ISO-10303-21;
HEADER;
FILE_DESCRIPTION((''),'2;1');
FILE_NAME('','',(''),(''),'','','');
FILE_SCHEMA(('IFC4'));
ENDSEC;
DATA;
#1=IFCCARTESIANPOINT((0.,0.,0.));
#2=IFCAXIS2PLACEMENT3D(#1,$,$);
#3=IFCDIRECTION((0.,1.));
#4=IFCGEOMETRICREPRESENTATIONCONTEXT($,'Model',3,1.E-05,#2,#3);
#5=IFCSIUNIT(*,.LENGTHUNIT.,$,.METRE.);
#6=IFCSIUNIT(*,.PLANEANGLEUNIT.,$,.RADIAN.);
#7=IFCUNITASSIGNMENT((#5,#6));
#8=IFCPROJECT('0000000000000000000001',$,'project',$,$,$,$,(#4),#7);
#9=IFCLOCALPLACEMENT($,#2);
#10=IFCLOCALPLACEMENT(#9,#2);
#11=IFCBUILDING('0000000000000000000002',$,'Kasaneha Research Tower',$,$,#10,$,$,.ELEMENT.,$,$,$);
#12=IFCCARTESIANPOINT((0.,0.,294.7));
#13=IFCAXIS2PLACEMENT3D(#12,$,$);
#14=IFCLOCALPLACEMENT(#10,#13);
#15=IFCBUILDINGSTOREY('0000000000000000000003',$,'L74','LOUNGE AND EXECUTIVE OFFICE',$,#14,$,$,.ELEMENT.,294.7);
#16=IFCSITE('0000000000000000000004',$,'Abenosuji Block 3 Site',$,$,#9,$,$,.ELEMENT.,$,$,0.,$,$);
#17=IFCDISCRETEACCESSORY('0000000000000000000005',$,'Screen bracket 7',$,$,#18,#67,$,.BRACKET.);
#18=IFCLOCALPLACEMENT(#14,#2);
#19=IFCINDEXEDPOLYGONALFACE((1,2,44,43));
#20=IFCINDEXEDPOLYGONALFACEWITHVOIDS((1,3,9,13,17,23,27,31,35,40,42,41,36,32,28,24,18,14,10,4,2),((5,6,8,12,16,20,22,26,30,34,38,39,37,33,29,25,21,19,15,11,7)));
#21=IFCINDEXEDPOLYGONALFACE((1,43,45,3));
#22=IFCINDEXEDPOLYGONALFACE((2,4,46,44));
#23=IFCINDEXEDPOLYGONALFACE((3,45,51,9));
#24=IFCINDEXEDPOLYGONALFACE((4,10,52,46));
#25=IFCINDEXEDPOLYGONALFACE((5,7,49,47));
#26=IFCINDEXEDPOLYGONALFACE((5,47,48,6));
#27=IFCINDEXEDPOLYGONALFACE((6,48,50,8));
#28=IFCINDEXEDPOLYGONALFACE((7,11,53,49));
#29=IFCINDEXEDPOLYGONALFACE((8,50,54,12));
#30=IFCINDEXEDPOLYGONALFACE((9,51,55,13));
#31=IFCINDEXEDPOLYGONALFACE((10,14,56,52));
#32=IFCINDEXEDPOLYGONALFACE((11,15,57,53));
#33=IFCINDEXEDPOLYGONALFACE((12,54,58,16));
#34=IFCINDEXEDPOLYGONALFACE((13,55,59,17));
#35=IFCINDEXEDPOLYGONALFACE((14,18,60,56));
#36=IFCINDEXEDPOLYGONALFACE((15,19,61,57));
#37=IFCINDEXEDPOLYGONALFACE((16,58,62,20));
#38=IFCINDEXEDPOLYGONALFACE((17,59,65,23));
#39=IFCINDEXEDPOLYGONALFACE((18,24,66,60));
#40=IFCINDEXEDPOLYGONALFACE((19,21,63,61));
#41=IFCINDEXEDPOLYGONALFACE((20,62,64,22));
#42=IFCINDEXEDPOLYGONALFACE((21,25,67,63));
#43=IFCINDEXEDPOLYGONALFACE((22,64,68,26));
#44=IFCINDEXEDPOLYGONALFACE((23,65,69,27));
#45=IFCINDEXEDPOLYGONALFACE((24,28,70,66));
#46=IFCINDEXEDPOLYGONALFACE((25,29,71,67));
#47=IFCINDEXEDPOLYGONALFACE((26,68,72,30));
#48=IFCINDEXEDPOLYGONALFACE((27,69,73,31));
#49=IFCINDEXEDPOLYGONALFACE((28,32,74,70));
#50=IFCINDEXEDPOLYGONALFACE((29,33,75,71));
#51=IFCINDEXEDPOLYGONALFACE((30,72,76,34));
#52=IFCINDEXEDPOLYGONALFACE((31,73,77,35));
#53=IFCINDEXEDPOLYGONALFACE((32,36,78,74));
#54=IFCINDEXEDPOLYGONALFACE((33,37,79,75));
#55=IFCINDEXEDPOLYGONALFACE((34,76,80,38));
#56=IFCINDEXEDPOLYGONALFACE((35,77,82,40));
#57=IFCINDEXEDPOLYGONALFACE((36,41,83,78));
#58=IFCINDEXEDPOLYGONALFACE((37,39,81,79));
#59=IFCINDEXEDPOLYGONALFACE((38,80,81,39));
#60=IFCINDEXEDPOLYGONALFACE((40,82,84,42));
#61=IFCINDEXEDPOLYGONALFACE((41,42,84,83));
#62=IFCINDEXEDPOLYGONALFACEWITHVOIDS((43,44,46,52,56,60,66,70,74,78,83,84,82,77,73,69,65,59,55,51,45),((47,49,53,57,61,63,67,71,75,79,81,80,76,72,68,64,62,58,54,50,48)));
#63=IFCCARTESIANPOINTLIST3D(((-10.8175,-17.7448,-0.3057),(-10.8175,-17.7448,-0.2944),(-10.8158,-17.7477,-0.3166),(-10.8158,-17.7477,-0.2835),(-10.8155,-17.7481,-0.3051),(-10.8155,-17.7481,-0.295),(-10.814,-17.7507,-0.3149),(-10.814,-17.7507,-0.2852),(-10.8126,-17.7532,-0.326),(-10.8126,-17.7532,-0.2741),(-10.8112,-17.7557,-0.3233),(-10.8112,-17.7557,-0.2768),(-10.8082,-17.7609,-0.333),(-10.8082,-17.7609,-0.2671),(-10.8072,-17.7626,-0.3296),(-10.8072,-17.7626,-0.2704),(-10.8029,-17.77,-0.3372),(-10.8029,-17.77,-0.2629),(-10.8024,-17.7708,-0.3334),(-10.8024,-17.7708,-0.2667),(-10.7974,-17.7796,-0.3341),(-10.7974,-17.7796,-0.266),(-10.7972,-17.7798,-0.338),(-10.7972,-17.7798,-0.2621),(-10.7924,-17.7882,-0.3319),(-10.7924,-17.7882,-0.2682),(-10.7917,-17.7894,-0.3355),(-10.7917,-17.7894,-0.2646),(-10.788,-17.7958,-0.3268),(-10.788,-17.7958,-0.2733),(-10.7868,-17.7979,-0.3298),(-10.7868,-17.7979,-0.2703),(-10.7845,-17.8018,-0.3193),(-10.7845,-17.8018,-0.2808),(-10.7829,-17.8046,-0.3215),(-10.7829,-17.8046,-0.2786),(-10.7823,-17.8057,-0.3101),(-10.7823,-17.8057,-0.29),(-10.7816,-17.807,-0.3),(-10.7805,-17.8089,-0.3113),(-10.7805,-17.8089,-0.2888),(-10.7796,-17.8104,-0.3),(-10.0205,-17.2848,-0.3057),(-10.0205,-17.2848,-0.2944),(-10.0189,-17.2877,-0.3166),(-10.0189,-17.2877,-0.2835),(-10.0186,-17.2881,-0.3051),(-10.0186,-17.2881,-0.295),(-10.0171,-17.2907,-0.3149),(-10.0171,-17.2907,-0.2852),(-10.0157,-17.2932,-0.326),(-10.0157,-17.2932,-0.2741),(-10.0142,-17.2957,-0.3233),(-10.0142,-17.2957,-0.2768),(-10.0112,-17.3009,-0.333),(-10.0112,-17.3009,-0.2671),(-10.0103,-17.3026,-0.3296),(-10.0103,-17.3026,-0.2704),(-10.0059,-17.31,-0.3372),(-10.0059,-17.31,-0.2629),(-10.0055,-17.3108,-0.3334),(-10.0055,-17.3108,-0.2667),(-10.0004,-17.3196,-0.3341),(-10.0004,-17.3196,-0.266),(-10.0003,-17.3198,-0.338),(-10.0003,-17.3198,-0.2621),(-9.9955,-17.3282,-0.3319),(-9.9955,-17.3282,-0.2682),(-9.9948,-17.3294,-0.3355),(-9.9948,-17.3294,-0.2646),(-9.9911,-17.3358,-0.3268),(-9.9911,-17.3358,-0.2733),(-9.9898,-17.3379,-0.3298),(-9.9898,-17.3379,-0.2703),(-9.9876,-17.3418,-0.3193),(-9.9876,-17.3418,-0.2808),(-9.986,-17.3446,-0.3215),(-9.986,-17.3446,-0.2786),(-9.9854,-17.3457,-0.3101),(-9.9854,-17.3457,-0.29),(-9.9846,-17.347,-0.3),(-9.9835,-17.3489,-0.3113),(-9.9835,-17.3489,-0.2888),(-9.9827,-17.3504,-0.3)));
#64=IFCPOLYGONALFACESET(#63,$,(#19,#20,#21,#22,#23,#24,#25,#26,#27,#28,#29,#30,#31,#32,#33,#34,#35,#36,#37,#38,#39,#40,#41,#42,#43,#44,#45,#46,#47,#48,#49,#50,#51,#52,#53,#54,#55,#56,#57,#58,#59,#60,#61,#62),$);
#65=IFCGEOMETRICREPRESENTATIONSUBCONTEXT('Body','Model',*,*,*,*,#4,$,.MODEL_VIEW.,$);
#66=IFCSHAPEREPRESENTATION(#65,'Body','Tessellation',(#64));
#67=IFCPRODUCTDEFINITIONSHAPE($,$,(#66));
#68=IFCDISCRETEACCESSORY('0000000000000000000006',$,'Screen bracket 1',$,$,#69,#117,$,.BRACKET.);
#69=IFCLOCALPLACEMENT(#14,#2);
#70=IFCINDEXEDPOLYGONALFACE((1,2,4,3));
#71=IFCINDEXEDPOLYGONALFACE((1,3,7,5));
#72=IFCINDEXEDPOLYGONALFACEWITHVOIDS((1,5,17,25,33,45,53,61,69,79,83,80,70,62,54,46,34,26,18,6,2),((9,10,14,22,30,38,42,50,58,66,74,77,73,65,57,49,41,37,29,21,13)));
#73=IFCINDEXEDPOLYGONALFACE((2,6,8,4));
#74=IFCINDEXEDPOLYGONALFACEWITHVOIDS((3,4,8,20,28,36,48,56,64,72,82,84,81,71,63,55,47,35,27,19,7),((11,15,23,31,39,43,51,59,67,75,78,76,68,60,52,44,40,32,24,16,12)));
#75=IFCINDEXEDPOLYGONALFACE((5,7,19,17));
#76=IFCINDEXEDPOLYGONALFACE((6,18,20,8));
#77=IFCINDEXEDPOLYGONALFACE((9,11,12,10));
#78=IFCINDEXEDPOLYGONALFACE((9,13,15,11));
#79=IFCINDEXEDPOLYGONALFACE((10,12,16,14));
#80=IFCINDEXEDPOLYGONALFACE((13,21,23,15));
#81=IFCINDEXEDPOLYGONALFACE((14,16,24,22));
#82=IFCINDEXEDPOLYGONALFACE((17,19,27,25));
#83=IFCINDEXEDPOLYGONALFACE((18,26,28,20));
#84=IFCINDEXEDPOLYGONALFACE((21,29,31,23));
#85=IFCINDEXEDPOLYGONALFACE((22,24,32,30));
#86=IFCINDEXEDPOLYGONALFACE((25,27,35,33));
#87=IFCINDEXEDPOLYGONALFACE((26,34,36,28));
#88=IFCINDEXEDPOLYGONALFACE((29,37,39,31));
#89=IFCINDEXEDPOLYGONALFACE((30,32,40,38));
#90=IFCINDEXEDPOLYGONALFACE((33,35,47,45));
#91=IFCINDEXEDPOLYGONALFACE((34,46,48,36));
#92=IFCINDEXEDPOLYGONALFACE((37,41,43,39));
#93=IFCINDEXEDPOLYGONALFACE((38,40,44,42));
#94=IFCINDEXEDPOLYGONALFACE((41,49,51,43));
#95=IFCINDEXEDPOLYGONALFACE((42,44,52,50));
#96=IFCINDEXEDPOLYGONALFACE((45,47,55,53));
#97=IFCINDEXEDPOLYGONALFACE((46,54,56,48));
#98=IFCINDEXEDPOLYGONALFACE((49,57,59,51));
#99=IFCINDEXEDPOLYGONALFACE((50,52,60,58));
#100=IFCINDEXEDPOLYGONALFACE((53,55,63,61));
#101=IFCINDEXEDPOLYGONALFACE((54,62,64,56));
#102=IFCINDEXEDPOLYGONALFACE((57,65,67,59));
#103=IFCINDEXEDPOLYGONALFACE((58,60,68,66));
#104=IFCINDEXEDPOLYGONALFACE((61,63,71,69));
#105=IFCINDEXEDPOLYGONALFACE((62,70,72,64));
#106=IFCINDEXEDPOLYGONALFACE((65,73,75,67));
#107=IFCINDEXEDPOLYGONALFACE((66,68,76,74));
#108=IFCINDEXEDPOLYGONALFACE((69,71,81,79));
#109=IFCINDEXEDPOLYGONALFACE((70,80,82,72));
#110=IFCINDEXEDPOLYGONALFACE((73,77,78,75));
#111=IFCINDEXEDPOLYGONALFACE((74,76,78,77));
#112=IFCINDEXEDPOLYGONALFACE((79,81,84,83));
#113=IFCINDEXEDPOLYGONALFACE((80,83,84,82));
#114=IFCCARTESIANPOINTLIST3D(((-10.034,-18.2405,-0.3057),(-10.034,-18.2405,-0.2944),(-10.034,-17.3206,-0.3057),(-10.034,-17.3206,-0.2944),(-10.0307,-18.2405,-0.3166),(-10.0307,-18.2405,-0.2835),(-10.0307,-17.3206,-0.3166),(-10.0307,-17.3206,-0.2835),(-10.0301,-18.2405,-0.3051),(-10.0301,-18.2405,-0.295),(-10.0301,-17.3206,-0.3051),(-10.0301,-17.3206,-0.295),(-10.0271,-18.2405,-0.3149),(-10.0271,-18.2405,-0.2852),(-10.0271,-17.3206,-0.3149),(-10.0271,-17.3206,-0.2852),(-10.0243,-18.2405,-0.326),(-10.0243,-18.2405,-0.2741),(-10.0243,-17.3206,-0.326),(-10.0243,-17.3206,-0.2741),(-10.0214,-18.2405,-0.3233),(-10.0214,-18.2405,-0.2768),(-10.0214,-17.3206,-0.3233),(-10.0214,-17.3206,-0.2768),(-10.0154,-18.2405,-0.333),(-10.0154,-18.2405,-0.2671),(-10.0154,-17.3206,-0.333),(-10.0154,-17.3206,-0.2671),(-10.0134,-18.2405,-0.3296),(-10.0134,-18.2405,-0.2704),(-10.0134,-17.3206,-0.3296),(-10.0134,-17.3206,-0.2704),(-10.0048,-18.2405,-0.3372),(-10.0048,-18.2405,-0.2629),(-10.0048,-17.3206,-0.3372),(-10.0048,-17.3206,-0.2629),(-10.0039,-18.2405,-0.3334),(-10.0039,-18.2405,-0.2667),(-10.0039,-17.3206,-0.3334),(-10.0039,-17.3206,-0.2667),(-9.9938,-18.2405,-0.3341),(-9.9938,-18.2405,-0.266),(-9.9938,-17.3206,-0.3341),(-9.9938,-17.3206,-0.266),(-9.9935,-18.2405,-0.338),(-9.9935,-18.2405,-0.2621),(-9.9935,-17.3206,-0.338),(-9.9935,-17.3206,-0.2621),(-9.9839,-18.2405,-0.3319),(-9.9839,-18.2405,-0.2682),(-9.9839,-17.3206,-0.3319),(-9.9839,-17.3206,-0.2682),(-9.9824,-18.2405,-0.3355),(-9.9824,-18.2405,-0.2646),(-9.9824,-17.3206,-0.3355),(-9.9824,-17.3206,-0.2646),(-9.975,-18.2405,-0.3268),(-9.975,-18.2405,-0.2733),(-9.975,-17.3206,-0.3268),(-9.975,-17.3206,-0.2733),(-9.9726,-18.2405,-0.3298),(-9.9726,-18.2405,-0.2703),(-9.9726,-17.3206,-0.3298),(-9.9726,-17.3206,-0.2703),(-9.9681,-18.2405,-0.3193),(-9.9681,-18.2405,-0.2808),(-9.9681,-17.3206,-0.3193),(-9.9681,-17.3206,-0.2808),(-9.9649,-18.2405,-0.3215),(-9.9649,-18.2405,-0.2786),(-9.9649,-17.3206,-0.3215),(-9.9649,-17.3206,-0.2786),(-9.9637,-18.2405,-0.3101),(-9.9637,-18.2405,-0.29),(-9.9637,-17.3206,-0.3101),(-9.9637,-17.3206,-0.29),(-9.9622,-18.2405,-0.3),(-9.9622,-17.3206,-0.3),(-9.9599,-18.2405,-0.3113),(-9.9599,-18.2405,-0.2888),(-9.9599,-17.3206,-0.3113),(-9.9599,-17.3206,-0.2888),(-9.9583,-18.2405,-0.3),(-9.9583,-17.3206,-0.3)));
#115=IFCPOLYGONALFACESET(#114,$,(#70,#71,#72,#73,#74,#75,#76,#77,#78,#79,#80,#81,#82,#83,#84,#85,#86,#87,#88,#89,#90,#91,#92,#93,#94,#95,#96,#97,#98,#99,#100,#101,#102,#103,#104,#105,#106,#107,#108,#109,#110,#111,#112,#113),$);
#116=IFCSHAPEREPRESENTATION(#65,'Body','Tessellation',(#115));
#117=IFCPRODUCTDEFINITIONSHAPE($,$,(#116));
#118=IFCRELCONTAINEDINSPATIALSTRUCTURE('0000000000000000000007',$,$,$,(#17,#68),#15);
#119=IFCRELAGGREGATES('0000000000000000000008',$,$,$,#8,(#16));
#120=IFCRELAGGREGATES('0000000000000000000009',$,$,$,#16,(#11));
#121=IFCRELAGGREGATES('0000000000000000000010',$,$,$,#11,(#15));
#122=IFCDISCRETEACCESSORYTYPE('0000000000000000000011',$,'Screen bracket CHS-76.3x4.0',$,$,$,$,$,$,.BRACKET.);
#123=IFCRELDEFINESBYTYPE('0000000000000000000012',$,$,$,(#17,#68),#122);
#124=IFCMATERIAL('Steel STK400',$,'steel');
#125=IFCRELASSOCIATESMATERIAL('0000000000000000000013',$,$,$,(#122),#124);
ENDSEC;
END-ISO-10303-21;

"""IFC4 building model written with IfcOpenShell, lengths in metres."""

from ifc_helpers import new_model, si_unit, direction, frame, origin, origin_2d, place, context, subcontext, project, spatial, hollow_circle, extrude, material, material_profile, profile_set, type_object, element, save


model = new_model("IFC4")

# Units and contexts
model_context = context("Model", 3, precision=1e-05, world=origin(), true_north=direction((0.0, 1.0)))
body_context = subcontext(model_context, "Body", "Model", "MODEL_VIEW")
ifc_project = project(units=[si_unit("LENGTHUNIT", "METRE"), si_unit("PLANEANGLEUNIT", "RADIAN")], contexts=[model_context])

# Site, building, storey
site_placement = place(None, origin())
site = spatial("IfcSite", under=ifc_project, at=site_placement, Name="Abenosuji Block 3 Site", CompositionType="ELEMENT", RefElevation=0.0)
building_placement = place(site_placement, origin())
building = spatial("IfcBuilding", under=site, at=building_placement, Name="Kasaneha Research Tower", CompositionType="ELEMENT")
storey_placement = place(building_placement, frame((0.0, 0.0, 294.7)))
storey = spatial("IfcBuildingStorey", under=building, at=storey_placement, Name="L74", Description="LOUNGE AND EXECUTIVE OFFICE", CompositionType="ELEMENT", Elevation=294.7)

# Discrete accessories
ifc_material_1 = material(Name="Steel STK400", Category="steel")
ifc_material_profile_1 = material_profile(ifc_material_1, hollow_circle(Radius=0.0381, WallThickness=0.0039, at=origin_2d()), Name="CHS-76.3x4.0")
ifc_profile_set_1 = profile_set([ifc_material_profile_1], Name="Steel STK400")
discrete_accessory_type = type_object("IfcDiscreteAccessoryType", Name="Screen bracket CHS-76.3x4.0", PredefinedType="BRACKET", material=ifc_profile_set_1)
discrete_accessory_1_placement = place(storey_placement, frame((-10.0017, -17.3174, -0.3), z_axis=(-0.86608, -0.499906, 0.0), x_axis=(0.499906, -0.86608, 0.0)))
element("IfcDiscreteAccessory", 1, at=discrete_accessory_1_placement, inside=storey, type_object=discrete_accessory_type, Name="Screen bracket 7", PredefinedType="BRACKET", context=body_context, shape_type="SweptSolid", body=[
    extrude(hollow_circle(Radius=0.0381, WallThickness=0.0039, at=origin_2d()), origin(), (0.0, 0.0, 1.0), 0.9202),
])
discrete_accessory_2_placement = place(storey_placement, frame((-9.9963, -17.3206, -0.3), z_axis=(0.0, -1.0, 0.0), x_axis=(1.0, 0.0, 0.0)))
element("IfcDiscreteAccessory", 2, at=discrete_accessory_2_placement, inside=storey, type_object=discrete_accessory_type, Name="Screen bracket 1", PredefinedType="BRACKET", context=body_context, shape_type="SweptSolid", body=[
    extrude(hollow_circle(Radius=0.0381, WallThickness=0.0039, at=origin_2d()), origin(), (0.0, 0.0, 1.0), 0.9199),
])

save(model, "model.ifc")
